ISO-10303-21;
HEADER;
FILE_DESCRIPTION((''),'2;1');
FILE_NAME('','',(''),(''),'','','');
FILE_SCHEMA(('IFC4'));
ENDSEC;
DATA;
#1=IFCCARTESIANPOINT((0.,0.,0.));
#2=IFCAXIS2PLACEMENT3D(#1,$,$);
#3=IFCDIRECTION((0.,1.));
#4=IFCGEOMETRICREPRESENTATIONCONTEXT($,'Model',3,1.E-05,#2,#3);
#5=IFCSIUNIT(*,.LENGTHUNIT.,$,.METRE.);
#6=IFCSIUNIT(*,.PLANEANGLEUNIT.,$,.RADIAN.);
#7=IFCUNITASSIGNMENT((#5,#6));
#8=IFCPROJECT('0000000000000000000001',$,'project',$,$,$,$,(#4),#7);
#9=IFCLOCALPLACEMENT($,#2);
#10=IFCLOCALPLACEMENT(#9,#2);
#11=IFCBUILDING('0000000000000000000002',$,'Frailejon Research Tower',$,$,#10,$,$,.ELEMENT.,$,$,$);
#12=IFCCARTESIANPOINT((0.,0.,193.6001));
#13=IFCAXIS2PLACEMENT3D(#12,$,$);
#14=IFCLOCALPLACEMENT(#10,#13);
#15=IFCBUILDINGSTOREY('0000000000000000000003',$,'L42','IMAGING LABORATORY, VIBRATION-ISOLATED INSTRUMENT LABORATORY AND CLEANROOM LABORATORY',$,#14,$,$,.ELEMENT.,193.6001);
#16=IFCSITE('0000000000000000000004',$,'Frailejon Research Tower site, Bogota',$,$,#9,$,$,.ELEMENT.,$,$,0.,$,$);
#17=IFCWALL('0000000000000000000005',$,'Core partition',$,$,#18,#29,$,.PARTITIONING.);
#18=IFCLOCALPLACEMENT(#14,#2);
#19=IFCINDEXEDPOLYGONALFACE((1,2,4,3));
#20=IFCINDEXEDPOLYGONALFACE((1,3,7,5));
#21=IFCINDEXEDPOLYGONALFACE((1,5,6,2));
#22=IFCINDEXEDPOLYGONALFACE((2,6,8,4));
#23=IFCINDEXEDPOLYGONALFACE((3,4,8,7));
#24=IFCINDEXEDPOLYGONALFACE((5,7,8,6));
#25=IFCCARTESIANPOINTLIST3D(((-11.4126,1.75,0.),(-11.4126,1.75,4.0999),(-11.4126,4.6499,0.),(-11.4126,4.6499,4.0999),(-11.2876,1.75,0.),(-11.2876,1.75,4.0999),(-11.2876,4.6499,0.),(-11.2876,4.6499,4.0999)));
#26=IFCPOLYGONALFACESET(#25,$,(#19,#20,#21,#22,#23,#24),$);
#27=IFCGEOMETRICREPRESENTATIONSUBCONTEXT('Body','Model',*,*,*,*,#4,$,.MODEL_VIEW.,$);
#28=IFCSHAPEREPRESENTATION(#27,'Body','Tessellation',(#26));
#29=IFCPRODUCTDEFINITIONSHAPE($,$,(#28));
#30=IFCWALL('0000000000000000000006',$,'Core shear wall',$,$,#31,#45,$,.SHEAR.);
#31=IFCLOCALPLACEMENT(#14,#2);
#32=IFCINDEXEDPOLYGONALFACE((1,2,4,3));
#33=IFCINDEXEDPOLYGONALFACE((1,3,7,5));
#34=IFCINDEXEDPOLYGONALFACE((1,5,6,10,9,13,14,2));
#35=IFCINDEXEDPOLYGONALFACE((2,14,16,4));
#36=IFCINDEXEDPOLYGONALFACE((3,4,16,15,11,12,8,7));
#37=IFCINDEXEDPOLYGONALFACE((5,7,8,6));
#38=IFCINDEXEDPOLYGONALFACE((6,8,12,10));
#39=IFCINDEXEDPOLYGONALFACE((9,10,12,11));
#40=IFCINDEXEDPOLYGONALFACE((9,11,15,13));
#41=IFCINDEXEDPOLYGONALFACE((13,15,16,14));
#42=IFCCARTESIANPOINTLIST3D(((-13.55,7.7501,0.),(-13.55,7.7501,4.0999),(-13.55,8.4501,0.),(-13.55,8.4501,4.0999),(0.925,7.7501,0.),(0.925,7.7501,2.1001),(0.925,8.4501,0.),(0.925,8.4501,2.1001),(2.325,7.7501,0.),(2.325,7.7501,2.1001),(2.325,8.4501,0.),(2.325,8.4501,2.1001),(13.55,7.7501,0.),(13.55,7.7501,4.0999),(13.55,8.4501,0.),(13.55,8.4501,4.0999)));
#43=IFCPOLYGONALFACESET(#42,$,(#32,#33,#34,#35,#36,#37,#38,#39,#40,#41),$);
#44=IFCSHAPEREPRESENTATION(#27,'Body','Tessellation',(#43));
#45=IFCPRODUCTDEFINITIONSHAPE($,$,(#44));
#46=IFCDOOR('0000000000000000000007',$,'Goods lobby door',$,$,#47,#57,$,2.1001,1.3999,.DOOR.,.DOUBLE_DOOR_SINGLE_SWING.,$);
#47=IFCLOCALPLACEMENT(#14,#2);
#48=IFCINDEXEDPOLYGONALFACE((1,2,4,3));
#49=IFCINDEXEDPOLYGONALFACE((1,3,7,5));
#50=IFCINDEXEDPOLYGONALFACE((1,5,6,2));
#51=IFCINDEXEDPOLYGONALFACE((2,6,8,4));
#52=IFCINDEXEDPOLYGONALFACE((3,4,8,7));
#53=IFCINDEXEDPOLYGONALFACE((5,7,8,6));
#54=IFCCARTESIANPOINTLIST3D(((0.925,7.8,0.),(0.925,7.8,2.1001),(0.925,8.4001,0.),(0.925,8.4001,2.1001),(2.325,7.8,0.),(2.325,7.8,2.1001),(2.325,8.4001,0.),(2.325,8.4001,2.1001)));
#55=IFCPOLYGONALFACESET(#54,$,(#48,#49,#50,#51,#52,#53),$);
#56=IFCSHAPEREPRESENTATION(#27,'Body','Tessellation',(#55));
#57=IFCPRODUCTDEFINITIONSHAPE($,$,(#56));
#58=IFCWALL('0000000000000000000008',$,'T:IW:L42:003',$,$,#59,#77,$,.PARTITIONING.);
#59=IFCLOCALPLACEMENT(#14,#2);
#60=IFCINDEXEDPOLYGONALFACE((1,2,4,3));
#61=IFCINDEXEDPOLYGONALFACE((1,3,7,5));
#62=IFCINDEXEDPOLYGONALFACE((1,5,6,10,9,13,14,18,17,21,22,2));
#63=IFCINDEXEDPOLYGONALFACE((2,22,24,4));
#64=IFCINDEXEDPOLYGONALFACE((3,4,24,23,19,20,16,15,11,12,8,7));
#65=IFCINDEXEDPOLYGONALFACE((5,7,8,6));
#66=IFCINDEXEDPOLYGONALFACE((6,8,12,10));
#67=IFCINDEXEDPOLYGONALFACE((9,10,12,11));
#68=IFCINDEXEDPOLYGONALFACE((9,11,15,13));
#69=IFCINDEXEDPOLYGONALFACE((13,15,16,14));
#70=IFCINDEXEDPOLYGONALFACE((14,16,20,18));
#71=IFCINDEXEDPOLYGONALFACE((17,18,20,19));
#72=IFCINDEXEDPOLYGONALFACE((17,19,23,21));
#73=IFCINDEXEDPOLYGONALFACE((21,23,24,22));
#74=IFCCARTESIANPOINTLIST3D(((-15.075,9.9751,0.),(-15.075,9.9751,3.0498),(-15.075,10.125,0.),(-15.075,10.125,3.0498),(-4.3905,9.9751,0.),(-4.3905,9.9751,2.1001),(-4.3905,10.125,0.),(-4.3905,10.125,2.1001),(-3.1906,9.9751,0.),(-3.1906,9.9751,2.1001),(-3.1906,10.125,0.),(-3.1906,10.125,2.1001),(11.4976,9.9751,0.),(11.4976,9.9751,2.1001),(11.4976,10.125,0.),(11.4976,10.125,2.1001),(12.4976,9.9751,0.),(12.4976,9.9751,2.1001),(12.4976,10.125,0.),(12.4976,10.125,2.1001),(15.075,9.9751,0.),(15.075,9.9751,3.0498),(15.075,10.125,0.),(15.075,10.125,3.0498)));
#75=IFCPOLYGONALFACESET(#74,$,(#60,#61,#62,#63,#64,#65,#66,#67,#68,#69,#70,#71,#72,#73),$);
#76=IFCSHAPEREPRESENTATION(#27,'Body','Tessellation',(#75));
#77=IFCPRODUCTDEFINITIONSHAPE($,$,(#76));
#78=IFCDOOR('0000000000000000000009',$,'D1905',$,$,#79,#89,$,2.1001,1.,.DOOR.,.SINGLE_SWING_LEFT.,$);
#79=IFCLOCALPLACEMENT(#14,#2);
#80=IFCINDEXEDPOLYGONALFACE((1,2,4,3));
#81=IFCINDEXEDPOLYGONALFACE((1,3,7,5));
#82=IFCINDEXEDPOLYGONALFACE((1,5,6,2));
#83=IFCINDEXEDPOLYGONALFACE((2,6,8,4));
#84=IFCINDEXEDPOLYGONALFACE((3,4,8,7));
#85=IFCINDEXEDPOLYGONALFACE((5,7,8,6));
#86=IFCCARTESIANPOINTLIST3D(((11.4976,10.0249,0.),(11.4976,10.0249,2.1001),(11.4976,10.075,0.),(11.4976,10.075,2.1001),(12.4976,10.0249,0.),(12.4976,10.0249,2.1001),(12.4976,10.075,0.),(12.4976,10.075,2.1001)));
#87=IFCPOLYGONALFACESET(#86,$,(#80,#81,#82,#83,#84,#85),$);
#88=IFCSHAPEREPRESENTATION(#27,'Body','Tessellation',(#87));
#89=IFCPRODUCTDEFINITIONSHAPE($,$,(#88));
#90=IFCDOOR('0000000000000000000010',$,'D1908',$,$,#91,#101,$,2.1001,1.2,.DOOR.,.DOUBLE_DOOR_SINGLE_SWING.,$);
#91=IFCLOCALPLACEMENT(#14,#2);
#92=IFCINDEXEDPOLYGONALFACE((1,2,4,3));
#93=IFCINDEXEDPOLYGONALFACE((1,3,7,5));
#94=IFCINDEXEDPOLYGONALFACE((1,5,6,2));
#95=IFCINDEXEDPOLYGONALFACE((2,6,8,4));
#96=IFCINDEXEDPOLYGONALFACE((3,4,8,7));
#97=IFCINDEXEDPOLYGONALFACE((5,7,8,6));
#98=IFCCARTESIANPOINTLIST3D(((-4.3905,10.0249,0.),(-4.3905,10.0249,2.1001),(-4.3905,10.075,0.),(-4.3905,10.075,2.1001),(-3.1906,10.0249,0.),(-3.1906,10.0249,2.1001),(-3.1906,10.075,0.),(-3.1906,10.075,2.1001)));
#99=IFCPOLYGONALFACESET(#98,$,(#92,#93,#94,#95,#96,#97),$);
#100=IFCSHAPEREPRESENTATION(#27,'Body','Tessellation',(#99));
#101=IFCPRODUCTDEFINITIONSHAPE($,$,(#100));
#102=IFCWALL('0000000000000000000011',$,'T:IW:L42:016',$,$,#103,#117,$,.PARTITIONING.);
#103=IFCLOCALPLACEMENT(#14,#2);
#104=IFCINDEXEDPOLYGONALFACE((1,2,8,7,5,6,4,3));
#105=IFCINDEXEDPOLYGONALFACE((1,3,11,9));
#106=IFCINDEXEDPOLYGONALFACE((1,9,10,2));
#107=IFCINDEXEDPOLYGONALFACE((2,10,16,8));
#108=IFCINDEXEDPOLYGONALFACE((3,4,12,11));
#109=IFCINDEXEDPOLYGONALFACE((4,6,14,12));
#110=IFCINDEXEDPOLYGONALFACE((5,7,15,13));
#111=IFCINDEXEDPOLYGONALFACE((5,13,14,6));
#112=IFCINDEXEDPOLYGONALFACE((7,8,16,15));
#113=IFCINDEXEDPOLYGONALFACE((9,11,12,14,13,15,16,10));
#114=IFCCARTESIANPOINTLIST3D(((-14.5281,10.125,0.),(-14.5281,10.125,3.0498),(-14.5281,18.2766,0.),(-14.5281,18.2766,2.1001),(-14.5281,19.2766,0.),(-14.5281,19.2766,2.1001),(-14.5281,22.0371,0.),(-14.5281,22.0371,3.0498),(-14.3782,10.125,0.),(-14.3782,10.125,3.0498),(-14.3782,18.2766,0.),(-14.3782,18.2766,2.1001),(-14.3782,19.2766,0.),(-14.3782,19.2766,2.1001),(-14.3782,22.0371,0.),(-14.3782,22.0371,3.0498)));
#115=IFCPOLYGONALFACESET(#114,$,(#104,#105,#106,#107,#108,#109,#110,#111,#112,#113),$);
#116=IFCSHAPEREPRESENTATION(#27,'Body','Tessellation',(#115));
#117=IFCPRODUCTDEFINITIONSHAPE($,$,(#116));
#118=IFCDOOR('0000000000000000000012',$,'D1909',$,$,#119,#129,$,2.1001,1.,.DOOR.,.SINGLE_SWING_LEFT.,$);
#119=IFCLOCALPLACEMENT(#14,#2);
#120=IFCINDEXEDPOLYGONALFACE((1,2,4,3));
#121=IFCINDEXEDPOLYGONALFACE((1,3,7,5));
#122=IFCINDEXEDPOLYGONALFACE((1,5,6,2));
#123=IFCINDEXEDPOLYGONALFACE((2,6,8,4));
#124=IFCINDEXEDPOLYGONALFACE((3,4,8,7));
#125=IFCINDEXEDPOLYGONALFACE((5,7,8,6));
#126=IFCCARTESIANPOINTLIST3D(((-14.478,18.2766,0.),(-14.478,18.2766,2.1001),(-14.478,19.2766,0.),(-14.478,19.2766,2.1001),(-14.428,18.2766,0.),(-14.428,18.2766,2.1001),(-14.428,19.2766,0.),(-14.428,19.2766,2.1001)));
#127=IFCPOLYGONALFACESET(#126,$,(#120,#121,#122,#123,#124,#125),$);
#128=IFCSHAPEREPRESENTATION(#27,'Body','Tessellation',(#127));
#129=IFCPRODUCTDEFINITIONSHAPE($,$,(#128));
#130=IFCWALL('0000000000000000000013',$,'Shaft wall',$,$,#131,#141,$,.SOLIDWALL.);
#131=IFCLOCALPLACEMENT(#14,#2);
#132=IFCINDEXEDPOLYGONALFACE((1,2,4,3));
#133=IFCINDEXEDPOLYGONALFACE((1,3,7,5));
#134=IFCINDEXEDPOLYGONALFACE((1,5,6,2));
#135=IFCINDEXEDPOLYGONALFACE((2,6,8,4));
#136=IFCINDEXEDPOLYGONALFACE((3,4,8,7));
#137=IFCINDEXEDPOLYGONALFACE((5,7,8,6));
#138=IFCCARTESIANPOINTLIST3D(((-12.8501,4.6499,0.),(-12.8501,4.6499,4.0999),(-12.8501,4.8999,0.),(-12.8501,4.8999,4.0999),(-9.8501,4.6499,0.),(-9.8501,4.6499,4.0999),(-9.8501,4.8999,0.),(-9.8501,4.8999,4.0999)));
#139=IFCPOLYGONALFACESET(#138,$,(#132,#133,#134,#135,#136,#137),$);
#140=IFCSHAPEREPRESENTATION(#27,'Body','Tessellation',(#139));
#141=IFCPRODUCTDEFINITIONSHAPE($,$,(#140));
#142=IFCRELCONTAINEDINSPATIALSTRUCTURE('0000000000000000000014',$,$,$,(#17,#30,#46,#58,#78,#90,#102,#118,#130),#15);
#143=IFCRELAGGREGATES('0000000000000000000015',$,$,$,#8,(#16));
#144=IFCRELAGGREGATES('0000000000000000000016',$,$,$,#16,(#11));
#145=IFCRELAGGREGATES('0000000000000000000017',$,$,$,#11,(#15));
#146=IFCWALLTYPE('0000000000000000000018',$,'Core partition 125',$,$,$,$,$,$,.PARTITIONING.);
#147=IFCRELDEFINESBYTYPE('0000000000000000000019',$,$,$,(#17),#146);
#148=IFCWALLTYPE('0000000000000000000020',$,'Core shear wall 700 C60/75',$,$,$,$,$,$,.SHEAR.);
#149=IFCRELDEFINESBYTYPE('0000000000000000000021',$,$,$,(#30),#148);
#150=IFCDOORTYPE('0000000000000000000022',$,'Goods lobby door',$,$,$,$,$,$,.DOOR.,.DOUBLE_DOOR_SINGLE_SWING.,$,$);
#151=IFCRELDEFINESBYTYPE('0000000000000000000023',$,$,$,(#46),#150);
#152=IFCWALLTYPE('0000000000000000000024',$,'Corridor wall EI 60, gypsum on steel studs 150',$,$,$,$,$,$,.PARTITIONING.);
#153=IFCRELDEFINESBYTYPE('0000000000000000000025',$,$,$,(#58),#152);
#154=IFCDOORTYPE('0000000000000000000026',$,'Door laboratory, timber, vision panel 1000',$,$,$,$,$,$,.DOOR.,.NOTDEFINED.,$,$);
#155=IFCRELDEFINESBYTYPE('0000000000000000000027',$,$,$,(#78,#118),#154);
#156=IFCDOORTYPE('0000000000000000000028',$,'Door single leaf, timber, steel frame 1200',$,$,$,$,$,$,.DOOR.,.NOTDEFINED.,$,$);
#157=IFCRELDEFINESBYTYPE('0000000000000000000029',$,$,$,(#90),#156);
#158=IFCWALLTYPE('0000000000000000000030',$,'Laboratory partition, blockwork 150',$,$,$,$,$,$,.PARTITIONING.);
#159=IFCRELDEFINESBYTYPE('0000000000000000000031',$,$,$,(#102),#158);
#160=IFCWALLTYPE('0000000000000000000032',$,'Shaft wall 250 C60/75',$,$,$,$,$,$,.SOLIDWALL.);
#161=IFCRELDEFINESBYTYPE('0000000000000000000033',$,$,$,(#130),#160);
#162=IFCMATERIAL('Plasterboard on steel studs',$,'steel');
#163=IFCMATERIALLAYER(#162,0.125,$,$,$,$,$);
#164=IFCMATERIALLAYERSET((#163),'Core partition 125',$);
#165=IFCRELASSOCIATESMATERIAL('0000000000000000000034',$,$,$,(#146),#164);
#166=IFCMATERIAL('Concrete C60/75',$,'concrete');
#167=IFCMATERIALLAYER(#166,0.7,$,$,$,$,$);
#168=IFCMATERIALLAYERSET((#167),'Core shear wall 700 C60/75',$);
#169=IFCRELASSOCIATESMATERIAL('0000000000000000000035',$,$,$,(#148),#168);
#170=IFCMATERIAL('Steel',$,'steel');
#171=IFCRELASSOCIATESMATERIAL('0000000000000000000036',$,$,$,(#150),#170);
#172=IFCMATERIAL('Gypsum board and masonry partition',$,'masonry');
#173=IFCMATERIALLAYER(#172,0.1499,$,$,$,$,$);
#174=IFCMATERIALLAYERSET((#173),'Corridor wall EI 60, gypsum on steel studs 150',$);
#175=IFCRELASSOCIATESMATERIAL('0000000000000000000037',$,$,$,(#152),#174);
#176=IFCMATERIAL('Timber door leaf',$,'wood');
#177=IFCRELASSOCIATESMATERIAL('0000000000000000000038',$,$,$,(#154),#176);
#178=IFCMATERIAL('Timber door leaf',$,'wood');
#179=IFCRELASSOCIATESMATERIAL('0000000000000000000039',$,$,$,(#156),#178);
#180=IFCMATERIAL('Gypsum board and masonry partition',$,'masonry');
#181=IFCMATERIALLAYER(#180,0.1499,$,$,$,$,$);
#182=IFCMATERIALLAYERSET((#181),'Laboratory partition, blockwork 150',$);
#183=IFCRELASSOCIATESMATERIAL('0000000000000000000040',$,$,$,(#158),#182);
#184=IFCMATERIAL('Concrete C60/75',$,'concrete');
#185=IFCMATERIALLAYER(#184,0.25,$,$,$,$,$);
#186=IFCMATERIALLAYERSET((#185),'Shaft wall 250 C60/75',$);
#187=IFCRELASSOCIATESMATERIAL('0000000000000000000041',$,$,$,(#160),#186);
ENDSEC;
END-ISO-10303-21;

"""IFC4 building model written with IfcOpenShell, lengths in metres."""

from ifc_helpers import new_model, si_unit, direction, frame, frame_2d, origin, place, context, subcontext, project, spatial, rectangle, extrude, material, layer, layer_set, type_object, element, fill, save


model = new_model("IFC4")

# Units and contexts
model_context = context("Model", 3, precision=1e-05, world=origin(), true_north=direction((0.0, 1.0)))
body_context = subcontext(model_context, "Body", "Model", "MODEL_VIEW")
ifc_project = project(units=[si_unit("LENGTHUNIT", "METRE"), si_unit("PLANEANGLEUNIT", "RADIAN")], contexts=[model_context])

# Site, building, storey
site_placement = place(None, origin())
site = spatial("IfcSite", under=ifc_project, at=site_placement, Name="Frailejon Research Tower site, Bogota", CompositionType="ELEMENT", RefElevation=0.0)
building_placement = place(site_placement, origin())
building = spatial("IfcBuilding", under=site, at=building_placement, Name="Frailejon Research Tower", CompositionType="ELEMENT")
storey_placement = place(building_placement, frame((0.0, 0.0, 193.6001)))
storey = spatial("IfcBuildingStorey", under=building, at=storey_placement, Name="L42", Description="IMAGING LABORATORY, VIBRATION-ISOLATED INSTRUMENT LABORATORY AND CLEANROOM LABORATORY", CompositionType="ELEMENT", Elevation=193.6001)

# Wall
ifc_material_1 = material(Name="Plasterboard on steel studs", Category="steel")
ifc_layer_1 = layer(ifc_material_1, 0.125)
ifc_layer_set_1 = layer_set([ifc_layer_1], Name="Core partition 125")
wall_type_1 = type_object("IfcWallType", Name="Core partition 125", PredefinedType="PARTITIONING", material=ifc_layer_set_1)
wall_1_placement = place(storey_placement, frame((-11.3501, 1.75, 0.0), z_axis=(0.0, 0.0, 1.0), x_axis=(0.0, 1.0, 0.0)))
element("IfcWall", 1, at=wall_1_placement, inside=storey, type_object=wall_type_1, Name="Core partition", PredefinedType="PARTITIONING", context=body_context, shape_type="SweptSolid", body=[
    extrude(rectangle(XDim=2.8999, YDim=0.125, at=frame_2d((1.45, 0.0))), origin(), (0.0, 0.0, 1.0), 4.0999),
])

# Wall, opening, door
ifc_material_2 = material(Name="Concrete C60/75", Category="concrete")
ifc_layer_2 = layer(ifc_material_2, 0.7)
ifc_layer_set_2 = layer_set([ifc_layer_2], Name="Core shear wall 700 C60/75")
wall_type_2 = type_object("IfcWallType", Name="Core shear wall 700 C60/75", PredefinedType="SHEAR", material=ifc_layer_set_2)
wall_2_placement = place(storey_placement, frame((-13.55, 8.1001, 0.0), z_axis=(0.0, 0.0, 1.0), x_axis=(1.0, 0.0, 0.0)))
wall_2 = element("IfcWall", 2, at=wall_2_placement, inside=storey, type_object=wall_type_2, Name="Core shear wall", PredefinedType="SHEAR", context=body_context, shape_type="SweptSolid", body=[
    extrude(rectangle(XDim=27.1001, YDim=0.7, at=frame_2d((13.55, 0.0))), origin(), (0.0, 0.0, 1.0), 4.0999),
])
opening_1_placement = place(wall_2_placement, frame((14.4751, 0.0, 0.0)))
opening_1 = element("IfcOpeningElement", 3, at=opening_1_placement, cuts=wall_2, PredefinedType="OPENING", context=body_context, shape_type="SweptSolid", body=[
    extrude(rectangle(XDim=1.3999, YDim=2.1001, at=frame_2d((0.7, 1.05))), frame((0.0, 0.3599, 0.0), z_axis=(0.0, -1.0, 0.0), x_axis=(1.0, 0.0, 0.0)), (0.0, 0.0, 1.0), 0.72),
])
ifc_material_3 = material(Name="Steel", Category="steel")
door_type_1 = type_object("IfcDoorType", Name="Goods lobby door", OperationType="DOUBLE_DOOR_SINGLE_SWING", PredefinedType="DOOR", material=ifc_material_3)
door_1_placement = place(opening_1_placement, origin())
door_1 = element("IfcDoor", 4, at=door_1_placement, inside=storey, type_object=door_type_1, Name="Goods lobby door", OperationType="DOUBLE_DOOR_SINGLE_SWING", OverallHeight=2.1001, OverallWidth=1.3999, PredefinedType="DOOR", context=body_context, shape_type="SweptSolid", body=[
    extrude(rectangle(XDim=1.3999, YDim=2.1001, at=frame_2d((0.7, 1.05))), frame((0.0, 0.3, 0.0), z_axis=(0.0, -1.0, 0.0), x_axis=(1.0, 0.0, 0.0)), (0.0, 0.0, 1.0), 0.6001),
])
fill(opening_1, door_1)

# Wall, openings, doors
ifc_material_4 = material(Name="Gypsum board and masonry partition", Category="masonry")
ifc_layer_3 = layer(ifc_material_4, 0.1499)
ifc_layer_set_3 = layer_set([ifc_layer_3], Name="Corridor wall EI 60, gypsum on steel studs 150")
wall_type_3 = type_object("IfcWallType", Name="Corridor wall EI 60, gypsum on steel studs 150", PredefinedType="PARTITIONING", material=ifc_layer_set_3)
wall_3_placement = place(storey_placement, frame((-15.075, 10.05, 0.0), z_axis=(0.0, 0.0, 1.0), x_axis=(1.0, 0.0, 0.0)))
wall_3 = element("IfcWall", 5, at=wall_3_placement, inside=storey, type_object=wall_type_3, Name="T:IW:L42:003", PredefinedType="PARTITIONING", context=body_context, shape_type="SweptSolid", body=[
    extrude(rectangle(XDim=30.1499, YDim=0.1499, at=frame_2d((15.075, 0.0))), origin(), (0.0, 0.0, 1.0), 3.0498),
])
opening_2_placement = place(wall_3_placement, frame((26.5725, 0.0, 0.0)))
opening_2 = element("IfcOpeningElement", 6, at=opening_2_placement, cuts=wall_3, PredefinedType="OPENING", context=body_context, shape_type="SweptSolid", body=[
    extrude(rectangle(XDim=1.0, YDim=2.1001, at=frame_2d((0.5, 1.05))), frame((0.0, 0.085, 0.0), z_axis=(0.0, -1.0, 0.0), x_axis=(1.0, 0.0, 0.0)), (0.0, 0.0, 1.0), 0.1699),
])
opening_3_placement = place(wall_3_placement, frame((10.6843, 0.0, 0.0)))
opening_3 = element("IfcOpeningElement", 7, at=opening_3_placement, cuts=wall_3, PredefinedType="OPENING", context=body_context, shape_type="SweptSolid", body=[
    extrude(rectangle(XDim=1.2, YDim=2.1001, at=frame_2d((0.6001, 1.05))), frame((0.0, 0.085, 0.0), z_axis=(0.0, -1.0, 0.0), x_axis=(1.0, 0.0, 0.0)), (0.0, 0.0, 1.0), 0.1699),
])
ifc_material_5 = material(Name="Timber door leaf", Category="wood")
door_type_2 = type_object("IfcDoorType", Name="Door laboratory, timber, vision panel 1000", OperationType="NOTDEFINED", PredefinedType="DOOR", material=ifc_material_5)
door_2_placement = place(opening_2_placement, origin())
door_2 = element("IfcDoor", 8, at=door_2_placement, inside=storey, type_object=door_type_2, Name="D1905", OperationType="SINGLE_SWING_LEFT", OverallHeight=2.1001, OverallWidth=1.0, PredefinedType="DOOR", context=body_context, shape_type="SweptSolid", body=[
    extrude(rectangle(XDim=1.0, YDim=2.1001, at=frame_2d((0.5, 1.05))), frame((0.0, 0.0249, 0.0), z_axis=(0.0, -1.0, 0.0), x_axis=(1.0, 0.0, 0.0)), (0.0, 0.0, 1.0), 0.05),
])
fill(opening_2, door_2)
ifc_material_6 = material(Name="Timber door leaf", Category="wood")
door_type_3 = type_object("IfcDoorType", Name="Door single leaf, timber, steel frame 1200", OperationType="NOTDEFINED", PredefinedType="DOOR", material=ifc_material_6)
door_3_placement = place(opening_3_placement, origin())
door_3 = element("IfcDoor", 9, at=door_3_placement, inside=storey, type_object=door_type_3, Name="D1908", OperationType="DOUBLE_DOOR_SINGLE_SWING", OverallHeight=2.1001, OverallWidth=1.2, PredefinedType="DOOR", context=body_context, shape_type="SweptSolid", body=[
    extrude(rectangle(XDim=1.2, YDim=2.1001, at=frame_2d((0.6001, 1.05))), frame((0.0, 0.0249, 0.0), z_axis=(0.0, -1.0, 0.0), x_axis=(1.0, 0.0, 0.0)), (0.0, 0.0, 1.0), 0.05),
])
fill(opening_3, door_3)

# Wall, opening, door
ifc_material_7 = material(Name="Gypsum board and masonry partition", Category="masonry")
ifc_layer_4 = layer(ifc_material_7, 0.1499)
ifc_layer_set_4 = layer_set([ifc_layer_4], Name="Laboratory partition, blockwork 150")
wall_type_4 = type_object("IfcWallType", Name="Laboratory partition, blockwork 150", PredefinedType="PARTITIONING", material=ifc_layer_set_4)
wall_4_placement = place(storey_placement, frame((-14.4531, 10.125, 0.0), z_axis=(0.0, 0.0, 1.0), x_axis=(0.0, 1.0, 0.0)))
wall_4 = element("IfcWall", 10, at=wall_4_placement, inside=storey, type_object=wall_type_4, Name="T:IW:L42:016", PredefinedType="PARTITIONING", context=body_context, shape_type="SweptSolid", body=[
    extrude(rectangle(XDim=11.9121, YDim=0.1499, at=frame_2d((5.9561, 0.0))), origin(), (0.0, 0.0, 1.0), 3.0498),
])
opening_4_placement = place(wall_4_placement, frame((8.1516, 0.0, 0.0)))
opening_4 = element("IfcOpeningElement", 11, at=opening_4_placement, cuts=wall_4, PredefinedType="OPENING", context=body_context, shape_type="SweptSolid", body=[
    extrude(rectangle(XDim=1.0, YDim=2.1001, at=frame_2d((0.5, 1.05))), frame((0.0, 0.085, 0.0), z_axis=(0.0, -1.0, 0.0), x_axis=(1.0, 0.0, 0.0)), (0.0, 0.0, 1.0), 0.1699),
])
door_4_placement = place(opening_4_placement, origin())
door_4 = element("IfcDoor", 12, at=door_4_placement, inside=storey, type_object=door_type_2, Name="D1909", OperationType="SINGLE_SWING_LEFT", OverallHeight=2.1001, OverallWidth=1.0, PredefinedType="DOOR", context=body_context, shape_type="SweptSolid", body=[
    extrude(rectangle(XDim=1.0, YDim=2.1001, at=frame_2d((0.5, 1.05))), frame((0.0, 0.0249, 0.0), z_axis=(0.0, -1.0, 0.0), x_axis=(1.0, 0.0, 0.0)), (0.0, 0.0, 1.0), 0.05),
])
fill(opening_4, door_4)

# Wall
ifc_material_8 = material(Name="Concrete C60/75", Category="concrete")
ifc_layer_5 = layer(ifc_material_8, 0.25)
ifc_layer_set_5 = layer_set([ifc_layer_5], Name="Shaft wall 250 C60/75")
wall_type_5 = type_object("IfcWallType", Name="Shaft wall 250 C60/75", PredefinedType="SOLIDWALL", material=ifc_layer_set_5)
wall_5_placement = place(storey_placement, frame((-12.8501, 4.7749, 0.0), z_axis=(0.0, 0.0, 1.0), x_axis=(1.0, 0.0, 0.0)))
element("IfcWall", 13, at=wall_5_placement, inside=storey, type_object=wall_type_5, Name="Shaft wall", PredefinedType="SOLIDWALL", context=body_context, shape_type="SweptSolid", body=[
    extrude(rectangle(XDim=3.0, YDim=0.25, at=frame_2d((1.5, 0.0))), origin(), (0.0, 0.0, 1.0), 4.0999),
])

save(model, "model.ifc")
